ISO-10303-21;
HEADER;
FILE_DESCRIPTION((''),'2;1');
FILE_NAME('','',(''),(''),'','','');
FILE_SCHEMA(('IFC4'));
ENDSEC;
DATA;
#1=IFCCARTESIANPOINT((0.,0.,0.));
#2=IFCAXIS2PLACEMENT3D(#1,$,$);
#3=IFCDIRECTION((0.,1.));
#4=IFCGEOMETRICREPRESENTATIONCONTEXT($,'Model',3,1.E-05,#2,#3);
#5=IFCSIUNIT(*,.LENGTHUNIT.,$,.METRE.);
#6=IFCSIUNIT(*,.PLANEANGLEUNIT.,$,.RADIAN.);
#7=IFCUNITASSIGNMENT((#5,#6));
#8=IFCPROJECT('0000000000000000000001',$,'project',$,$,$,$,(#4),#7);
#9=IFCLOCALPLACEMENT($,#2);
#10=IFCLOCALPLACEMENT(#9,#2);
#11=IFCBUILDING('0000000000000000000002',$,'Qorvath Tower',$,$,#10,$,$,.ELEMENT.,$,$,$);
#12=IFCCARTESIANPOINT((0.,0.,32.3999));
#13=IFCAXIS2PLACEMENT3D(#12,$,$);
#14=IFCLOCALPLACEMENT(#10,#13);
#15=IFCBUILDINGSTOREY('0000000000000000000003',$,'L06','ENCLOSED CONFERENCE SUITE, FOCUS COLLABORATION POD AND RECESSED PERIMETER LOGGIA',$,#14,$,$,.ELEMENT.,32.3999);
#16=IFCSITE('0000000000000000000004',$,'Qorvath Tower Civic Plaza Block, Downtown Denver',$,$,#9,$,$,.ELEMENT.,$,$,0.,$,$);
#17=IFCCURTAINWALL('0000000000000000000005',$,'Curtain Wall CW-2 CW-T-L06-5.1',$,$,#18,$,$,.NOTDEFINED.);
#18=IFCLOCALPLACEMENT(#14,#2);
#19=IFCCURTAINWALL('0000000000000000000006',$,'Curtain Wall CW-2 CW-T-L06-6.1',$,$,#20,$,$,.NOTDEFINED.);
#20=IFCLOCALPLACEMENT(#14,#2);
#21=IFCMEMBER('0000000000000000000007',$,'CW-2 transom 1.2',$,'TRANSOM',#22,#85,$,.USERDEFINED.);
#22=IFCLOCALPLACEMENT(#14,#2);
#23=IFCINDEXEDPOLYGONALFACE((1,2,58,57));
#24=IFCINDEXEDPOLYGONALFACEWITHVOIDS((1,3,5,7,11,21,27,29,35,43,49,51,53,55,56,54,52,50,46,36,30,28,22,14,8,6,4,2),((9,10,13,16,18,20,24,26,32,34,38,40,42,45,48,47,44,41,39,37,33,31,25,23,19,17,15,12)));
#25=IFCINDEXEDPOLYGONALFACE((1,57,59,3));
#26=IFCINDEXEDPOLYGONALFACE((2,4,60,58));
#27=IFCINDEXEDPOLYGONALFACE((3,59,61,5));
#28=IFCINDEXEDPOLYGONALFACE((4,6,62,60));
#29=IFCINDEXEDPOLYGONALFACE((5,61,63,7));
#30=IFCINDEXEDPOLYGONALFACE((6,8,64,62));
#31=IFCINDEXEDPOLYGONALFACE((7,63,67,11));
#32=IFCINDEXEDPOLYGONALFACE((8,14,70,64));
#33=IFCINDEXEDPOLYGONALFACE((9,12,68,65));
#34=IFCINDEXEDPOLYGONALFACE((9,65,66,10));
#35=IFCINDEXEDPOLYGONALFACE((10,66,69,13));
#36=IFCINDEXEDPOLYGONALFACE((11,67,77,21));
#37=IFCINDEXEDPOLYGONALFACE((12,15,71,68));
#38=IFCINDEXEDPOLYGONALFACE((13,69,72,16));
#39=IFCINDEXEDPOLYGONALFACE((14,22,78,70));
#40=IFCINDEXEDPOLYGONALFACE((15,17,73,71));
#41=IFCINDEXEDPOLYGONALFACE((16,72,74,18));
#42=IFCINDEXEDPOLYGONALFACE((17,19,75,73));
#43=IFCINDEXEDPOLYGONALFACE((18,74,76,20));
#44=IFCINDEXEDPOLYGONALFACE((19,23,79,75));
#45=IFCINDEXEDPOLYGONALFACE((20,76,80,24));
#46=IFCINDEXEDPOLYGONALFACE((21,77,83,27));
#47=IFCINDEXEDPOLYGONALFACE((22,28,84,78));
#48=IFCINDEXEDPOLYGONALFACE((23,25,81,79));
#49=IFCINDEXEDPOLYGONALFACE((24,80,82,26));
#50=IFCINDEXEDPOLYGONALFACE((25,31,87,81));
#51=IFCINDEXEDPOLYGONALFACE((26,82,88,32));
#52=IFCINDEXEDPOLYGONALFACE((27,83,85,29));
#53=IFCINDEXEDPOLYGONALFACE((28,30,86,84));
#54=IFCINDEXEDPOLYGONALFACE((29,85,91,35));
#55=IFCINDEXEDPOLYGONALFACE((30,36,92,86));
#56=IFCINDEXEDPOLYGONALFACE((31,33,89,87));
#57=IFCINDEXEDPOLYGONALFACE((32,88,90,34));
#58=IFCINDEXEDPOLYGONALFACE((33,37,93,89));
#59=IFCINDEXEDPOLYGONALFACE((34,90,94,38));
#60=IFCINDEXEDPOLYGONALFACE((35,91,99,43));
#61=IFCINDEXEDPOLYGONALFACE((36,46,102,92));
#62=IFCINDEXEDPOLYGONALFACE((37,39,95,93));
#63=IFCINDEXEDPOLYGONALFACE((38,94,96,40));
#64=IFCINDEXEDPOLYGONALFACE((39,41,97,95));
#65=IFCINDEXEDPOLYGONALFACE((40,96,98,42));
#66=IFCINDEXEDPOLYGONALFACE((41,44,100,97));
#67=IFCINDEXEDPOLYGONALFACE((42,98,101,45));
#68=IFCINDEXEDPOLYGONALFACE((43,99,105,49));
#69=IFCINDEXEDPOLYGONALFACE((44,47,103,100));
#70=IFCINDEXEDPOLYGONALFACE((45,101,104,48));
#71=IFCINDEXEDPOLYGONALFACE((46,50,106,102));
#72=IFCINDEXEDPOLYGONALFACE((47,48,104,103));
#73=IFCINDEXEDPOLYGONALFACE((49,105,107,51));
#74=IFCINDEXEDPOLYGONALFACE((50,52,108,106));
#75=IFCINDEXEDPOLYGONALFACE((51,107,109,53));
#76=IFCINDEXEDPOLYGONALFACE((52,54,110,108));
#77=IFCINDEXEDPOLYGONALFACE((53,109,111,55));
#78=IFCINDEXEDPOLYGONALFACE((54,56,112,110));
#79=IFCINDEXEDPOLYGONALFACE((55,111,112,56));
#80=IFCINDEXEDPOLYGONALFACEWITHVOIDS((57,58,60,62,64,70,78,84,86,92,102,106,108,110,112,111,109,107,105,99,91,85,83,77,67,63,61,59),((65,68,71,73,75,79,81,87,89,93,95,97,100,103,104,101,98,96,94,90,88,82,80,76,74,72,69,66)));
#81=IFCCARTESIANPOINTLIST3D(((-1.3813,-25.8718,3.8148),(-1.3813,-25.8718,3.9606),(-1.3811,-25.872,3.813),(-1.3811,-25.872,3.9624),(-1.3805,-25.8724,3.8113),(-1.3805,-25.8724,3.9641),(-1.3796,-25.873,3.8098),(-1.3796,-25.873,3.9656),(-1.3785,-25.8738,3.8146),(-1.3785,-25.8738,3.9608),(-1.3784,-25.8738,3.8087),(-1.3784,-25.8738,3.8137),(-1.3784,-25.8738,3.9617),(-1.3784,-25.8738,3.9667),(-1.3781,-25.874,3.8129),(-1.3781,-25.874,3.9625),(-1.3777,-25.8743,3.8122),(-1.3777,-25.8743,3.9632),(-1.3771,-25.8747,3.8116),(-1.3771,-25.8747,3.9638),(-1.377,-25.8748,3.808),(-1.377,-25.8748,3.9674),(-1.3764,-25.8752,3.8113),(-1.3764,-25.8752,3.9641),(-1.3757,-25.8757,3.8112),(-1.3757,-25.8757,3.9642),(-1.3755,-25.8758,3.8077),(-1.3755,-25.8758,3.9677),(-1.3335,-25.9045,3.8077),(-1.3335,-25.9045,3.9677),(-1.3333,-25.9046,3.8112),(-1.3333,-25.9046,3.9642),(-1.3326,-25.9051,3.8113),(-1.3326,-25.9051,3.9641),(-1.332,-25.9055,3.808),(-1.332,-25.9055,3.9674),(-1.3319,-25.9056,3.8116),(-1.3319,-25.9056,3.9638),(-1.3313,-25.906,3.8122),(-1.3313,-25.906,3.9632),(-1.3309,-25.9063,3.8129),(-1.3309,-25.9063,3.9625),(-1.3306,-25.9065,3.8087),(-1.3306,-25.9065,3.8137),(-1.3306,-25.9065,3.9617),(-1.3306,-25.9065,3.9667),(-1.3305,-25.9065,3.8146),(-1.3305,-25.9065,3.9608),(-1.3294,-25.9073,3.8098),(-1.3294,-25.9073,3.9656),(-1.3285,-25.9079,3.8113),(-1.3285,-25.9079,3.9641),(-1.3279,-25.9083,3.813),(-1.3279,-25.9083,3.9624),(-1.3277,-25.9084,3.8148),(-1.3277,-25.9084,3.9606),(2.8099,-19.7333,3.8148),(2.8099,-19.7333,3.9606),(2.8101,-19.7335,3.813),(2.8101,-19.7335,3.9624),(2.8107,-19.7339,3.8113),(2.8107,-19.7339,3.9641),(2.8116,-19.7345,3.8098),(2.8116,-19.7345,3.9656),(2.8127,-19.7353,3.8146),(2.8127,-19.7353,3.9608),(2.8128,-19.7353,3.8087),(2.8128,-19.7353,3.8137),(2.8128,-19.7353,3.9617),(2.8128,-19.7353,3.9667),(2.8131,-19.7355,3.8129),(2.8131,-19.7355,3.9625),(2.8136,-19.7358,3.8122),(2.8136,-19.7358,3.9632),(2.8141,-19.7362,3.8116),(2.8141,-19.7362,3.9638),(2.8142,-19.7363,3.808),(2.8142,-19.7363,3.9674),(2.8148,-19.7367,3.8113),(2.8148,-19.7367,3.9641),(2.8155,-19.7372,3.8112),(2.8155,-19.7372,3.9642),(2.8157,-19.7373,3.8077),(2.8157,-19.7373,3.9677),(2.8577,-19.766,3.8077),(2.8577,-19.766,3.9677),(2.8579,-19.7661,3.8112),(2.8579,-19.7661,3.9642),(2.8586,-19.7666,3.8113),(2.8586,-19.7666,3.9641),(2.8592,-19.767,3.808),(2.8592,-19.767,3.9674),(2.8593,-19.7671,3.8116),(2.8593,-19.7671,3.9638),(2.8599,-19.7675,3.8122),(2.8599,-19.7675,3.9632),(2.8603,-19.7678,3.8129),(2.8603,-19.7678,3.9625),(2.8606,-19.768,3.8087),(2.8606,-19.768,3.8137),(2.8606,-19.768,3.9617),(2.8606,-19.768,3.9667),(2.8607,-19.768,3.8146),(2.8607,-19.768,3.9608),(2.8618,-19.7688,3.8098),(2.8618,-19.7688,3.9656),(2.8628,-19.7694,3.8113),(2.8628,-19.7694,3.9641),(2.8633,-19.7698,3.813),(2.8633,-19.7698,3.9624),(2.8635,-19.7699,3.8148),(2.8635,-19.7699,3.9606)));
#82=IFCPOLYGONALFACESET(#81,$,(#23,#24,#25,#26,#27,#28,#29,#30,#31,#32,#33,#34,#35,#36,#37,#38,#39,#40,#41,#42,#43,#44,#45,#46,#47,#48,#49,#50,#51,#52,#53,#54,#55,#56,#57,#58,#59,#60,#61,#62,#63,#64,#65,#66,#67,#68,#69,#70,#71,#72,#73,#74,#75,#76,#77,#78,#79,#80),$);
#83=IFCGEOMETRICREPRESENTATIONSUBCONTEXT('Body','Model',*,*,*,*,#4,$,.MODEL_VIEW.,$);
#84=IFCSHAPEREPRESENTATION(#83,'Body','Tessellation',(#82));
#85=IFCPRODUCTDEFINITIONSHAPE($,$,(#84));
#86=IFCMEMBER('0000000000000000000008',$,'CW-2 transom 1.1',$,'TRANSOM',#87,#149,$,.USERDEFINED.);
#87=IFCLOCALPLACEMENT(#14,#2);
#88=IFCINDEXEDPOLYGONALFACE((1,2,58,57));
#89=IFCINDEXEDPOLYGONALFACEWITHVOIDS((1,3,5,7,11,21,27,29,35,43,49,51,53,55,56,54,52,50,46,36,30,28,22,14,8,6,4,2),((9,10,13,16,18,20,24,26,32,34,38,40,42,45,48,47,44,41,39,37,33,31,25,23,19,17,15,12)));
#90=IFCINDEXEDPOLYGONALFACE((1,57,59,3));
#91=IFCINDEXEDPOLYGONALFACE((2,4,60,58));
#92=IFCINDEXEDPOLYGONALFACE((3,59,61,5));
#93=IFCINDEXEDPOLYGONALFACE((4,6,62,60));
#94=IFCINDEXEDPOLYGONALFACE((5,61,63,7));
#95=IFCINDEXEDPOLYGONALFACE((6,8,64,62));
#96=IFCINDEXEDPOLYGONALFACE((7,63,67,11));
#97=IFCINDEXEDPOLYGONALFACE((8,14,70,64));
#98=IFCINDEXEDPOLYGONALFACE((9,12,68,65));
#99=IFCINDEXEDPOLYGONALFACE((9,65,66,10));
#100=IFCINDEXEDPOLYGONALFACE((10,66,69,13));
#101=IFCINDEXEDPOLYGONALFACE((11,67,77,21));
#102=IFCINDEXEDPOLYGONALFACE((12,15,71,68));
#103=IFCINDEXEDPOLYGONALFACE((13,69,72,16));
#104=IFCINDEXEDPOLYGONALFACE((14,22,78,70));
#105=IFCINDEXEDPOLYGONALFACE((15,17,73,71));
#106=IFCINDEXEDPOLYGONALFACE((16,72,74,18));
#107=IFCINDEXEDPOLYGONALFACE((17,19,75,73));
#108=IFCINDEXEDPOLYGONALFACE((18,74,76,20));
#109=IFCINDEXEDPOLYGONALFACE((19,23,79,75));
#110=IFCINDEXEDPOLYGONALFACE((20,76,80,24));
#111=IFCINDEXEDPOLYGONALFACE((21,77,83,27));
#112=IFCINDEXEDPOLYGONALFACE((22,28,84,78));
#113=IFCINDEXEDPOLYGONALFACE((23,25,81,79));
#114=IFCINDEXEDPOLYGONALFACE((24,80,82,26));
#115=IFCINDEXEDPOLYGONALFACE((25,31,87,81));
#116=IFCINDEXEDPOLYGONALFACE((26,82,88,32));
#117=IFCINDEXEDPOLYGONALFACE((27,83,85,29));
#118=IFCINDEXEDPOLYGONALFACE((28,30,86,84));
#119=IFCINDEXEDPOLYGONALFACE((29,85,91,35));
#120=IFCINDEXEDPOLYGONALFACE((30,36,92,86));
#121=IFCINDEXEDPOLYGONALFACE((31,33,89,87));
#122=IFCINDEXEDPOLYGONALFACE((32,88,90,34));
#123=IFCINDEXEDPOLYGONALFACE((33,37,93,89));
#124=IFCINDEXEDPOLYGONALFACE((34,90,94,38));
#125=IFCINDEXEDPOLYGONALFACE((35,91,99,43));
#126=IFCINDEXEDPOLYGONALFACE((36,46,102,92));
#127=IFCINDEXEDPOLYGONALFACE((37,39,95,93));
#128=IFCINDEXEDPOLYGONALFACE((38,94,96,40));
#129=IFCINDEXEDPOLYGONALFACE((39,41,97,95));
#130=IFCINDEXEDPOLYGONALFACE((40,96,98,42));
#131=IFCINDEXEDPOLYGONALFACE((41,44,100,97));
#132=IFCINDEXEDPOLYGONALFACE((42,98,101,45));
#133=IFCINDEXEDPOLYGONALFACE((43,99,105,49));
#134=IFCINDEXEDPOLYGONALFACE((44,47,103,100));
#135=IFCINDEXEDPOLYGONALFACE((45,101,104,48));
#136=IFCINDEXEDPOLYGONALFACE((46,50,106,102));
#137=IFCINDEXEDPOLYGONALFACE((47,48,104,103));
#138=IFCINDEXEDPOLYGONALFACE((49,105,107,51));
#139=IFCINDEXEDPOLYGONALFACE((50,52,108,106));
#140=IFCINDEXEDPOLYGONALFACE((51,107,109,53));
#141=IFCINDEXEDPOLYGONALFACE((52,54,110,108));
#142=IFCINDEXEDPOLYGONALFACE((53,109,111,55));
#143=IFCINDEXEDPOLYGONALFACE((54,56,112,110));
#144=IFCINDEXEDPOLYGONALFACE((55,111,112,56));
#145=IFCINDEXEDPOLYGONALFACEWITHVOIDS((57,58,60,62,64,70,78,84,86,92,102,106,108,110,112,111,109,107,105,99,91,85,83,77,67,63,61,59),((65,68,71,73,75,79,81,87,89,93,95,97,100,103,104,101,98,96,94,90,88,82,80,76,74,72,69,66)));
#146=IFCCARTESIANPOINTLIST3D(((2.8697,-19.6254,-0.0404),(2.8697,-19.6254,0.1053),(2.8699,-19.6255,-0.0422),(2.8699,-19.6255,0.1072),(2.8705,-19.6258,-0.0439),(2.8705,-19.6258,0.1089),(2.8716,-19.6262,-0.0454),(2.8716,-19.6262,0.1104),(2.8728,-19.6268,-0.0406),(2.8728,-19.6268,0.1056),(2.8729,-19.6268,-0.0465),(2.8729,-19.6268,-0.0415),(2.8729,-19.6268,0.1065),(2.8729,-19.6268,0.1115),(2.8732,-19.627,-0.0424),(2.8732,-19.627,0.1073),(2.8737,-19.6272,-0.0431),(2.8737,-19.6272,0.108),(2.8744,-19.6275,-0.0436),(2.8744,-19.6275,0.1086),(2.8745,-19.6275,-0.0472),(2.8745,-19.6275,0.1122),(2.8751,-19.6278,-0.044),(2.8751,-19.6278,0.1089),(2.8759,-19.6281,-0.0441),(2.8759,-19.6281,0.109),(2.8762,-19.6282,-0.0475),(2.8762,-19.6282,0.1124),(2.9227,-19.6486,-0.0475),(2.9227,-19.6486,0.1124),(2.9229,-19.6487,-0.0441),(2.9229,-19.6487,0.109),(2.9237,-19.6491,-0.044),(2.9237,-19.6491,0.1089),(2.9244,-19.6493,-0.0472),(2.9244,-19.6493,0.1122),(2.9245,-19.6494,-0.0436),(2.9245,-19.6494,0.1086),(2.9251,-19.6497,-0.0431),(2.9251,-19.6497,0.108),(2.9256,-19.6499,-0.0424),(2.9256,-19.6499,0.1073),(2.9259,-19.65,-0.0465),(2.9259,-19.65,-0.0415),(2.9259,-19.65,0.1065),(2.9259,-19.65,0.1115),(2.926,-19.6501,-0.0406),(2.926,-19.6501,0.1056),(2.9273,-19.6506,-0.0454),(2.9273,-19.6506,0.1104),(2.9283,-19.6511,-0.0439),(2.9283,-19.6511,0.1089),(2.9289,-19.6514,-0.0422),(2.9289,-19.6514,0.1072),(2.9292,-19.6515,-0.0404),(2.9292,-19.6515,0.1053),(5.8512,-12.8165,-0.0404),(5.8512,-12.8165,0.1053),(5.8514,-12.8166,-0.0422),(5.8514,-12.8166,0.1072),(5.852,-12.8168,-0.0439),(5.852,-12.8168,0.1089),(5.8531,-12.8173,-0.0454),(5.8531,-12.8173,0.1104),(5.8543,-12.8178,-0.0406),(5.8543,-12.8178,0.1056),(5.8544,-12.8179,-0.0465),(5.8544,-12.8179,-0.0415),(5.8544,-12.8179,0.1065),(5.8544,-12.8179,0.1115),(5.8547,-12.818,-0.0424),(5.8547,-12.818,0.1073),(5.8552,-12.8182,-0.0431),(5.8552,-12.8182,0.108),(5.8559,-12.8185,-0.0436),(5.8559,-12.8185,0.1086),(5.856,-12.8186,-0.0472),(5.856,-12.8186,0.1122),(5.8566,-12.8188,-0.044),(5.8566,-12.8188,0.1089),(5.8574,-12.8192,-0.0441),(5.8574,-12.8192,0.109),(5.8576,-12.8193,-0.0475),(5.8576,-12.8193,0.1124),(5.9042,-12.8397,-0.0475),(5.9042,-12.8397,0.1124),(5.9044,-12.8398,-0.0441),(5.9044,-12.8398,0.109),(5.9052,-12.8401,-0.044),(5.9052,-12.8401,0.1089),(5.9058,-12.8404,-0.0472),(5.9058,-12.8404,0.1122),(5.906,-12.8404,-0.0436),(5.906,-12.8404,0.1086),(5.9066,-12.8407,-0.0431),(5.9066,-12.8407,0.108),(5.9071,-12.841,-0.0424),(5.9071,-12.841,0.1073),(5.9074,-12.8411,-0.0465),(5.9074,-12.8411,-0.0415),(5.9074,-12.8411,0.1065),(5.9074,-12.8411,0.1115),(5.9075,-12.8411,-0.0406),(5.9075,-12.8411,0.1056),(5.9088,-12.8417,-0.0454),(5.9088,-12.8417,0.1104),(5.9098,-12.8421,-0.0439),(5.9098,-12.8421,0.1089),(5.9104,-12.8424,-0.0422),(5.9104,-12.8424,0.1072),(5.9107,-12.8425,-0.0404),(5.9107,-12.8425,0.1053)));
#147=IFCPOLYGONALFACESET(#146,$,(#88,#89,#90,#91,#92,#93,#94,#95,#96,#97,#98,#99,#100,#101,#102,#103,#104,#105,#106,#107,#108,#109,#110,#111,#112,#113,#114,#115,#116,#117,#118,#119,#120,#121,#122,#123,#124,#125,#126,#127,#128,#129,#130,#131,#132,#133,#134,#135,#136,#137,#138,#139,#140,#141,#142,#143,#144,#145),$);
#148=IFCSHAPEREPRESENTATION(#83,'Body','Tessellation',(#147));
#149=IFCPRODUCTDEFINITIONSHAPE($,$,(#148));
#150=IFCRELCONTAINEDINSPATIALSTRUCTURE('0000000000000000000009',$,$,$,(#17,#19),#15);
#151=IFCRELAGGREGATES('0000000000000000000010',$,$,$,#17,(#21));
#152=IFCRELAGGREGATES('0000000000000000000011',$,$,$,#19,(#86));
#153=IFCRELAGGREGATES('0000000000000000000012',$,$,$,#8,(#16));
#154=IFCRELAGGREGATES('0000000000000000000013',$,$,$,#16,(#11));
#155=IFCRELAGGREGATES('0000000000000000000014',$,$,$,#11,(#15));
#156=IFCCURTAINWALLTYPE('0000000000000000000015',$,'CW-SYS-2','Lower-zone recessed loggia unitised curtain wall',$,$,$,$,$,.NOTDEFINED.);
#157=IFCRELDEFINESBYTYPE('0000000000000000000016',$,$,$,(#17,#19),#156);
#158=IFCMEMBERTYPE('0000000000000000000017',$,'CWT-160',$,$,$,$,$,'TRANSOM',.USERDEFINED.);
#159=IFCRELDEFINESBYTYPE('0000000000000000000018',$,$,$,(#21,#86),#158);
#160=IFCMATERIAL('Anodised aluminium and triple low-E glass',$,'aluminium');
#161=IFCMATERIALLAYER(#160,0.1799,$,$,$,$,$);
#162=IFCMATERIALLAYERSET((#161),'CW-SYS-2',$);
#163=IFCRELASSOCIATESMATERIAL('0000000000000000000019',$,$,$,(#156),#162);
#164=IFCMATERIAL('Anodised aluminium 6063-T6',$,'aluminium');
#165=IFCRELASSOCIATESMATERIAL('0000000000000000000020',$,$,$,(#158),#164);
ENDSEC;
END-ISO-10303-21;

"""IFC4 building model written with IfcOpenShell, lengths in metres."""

from ifc_helpers import new_model, si_unit, direction, frame, origin, origin_2d, place, context, subcontext, project, spatial, hollow_rectangle, extrude, material, layer, layer_set, material_profile, profile_set, type_object, element, aggregate, save


model = new_model("IFC4")

# Units and contexts
model_context = context("Model", 3, precision=1e-05, world=origin(), true_north=direction((0.0, 1.0)))
body_context = subcontext(model_context, "Body", "Model", "MODEL_VIEW")
ifc_project = project(units=[si_unit("LENGTHUNIT", "METRE"), si_unit("PLANEANGLEUNIT", "RADIAN")], contexts=[model_context])

# Site, building, storey
site_placement = place(None, origin())
site = spatial("IfcSite", under=ifc_project, at=site_placement, Name="Qorvath Tower Civic Plaza Block, Downtown Denver", CompositionType="ELEMENT", RefElevation=0.0)
building_placement = place(site_placement, origin())
building = spatial("IfcBuilding", under=site, at=building_placement, Name="Qorvath Tower", CompositionType="ELEMENT")
storey_placement = place(building_placement, frame((0.0, 0.0, 32.3999)))
storey = spatial("IfcBuildingStorey", under=building, at=storey_placement, Name="L06", Description="ENCLOSED CONFERENCE SUITE, FOCUS COLLABORATION POD AND RECESSED PERIMETER LOGGIA", CompositionType="ELEMENT", Elevation=32.3999)

# Curtain walls
ifc_material_1 = material(Name="Anodised aluminium and triple low-E glass", Category="aluminium")
ifc_layer_1 = layer(ifc_material_1, 0.1799)
ifc_layer_set_1 = layer_set([ifc_layer_1], Name="CW-SYS-2")
curtain_wall_type = type_object("IfcCurtainWallType", Name="CW-SYS-2", Description="Lower-zone recessed loggia unitised curtain wall", PredefinedType="NOTDEFINED", material=ifc_layer_set_1)
curtain_wall_1_placement = place(storey_placement, origin())
curtain_wall_1 = element("IfcCurtainWall", 1, at=curtain_wall_1_placement, inside=storey, type_object=curtain_wall_type, Name="Curtain Wall CW-2 CW-T-L06-5.1", PredefinedType="NOTDEFINED")
curtain_wall_2_placement = place(storey_placement, origin())
curtain_wall_2 = element("IfcCurtainWall", 2, at=curtain_wall_2_placement, inside=storey, type_object=curtain_wall_type, Name="Curtain Wall CW-2 CW-T-L06-6.1", PredefinedType="NOTDEFINED")

# Members
ifc_material_2 = material(Name="Anodised aluminium 6063-T6", Category="aluminium")
ifc_material_profile_1 = material_profile(ifc_material_2, hollow_rectangle(XDim=0.0649, YDim=0.1599, WallThickness=0.0034, InnerFilletRadius=0.0034, OuterFilletRadius=0.0071, at=origin_2d()), Name="CWT 160x65")
ifc_profile_set_1 = profile_set([ifc_material_profile_1], Name="Anodised aluminium 6063-T6")
member_type_1 = type_object("IfcMemberType", Name="CWT-160", ElementType="TRANSOM", PredefinedType="USERDEFINED", material=ifc_profile_set_1)
member_1_placement = place(storey_placement, frame((-1.3545, -25.8901, 3.8877), z_axis=(0.563876, 0.82586, 0.0), x_axis=(-0.82586, 0.563876, 0.0)))
member_1 = element("IfcMember", 3, at=member_1_placement, type_object=member_type_1, Name="CW-2 transom 1.2", ObjectType="TRANSOM", PredefinedType="USERDEFINED", context=body_context, shape_type="SweptSolid", body=[
    extrude(hollow_rectangle(XDim=0.0649, YDim=0.1599, WallThickness=0.0034, InnerFilletRadius=0.0034, OuterFilletRadius=0.0071, at=origin_2d()), origin(), (0.0, 0.0, 1.0), 7.4329),
])
member_2_placement = place(storey_placement, frame((2.8994, -19.6384, 0.0325), z_axis=(0.40111, 0.91603, 0.0), x_axis=(-0.91603, 0.40111, 0.0)))
member_2 = element("IfcMember", 4, at=member_2_placement, type_object=member_type_1, Name="CW-2 transom 1.1", ObjectType="TRANSOM", PredefinedType="USERDEFINED", context=body_context, shape_type="SweptSolid", body=[
    extrude(hollow_rectangle(XDim=0.0649, YDim=0.1599, WallThickness=0.0034, InnerFilletRadius=0.0034, OuterFilletRadius=0.0071, at=origin_2d()), origin(), (0.0, 0.0, 1.0), 7.4331),
])

aggregate(curtain_wall_1, [member_1])
aggregate(curtain_wall_2, [member_2])

save(model, "model.ifc")
